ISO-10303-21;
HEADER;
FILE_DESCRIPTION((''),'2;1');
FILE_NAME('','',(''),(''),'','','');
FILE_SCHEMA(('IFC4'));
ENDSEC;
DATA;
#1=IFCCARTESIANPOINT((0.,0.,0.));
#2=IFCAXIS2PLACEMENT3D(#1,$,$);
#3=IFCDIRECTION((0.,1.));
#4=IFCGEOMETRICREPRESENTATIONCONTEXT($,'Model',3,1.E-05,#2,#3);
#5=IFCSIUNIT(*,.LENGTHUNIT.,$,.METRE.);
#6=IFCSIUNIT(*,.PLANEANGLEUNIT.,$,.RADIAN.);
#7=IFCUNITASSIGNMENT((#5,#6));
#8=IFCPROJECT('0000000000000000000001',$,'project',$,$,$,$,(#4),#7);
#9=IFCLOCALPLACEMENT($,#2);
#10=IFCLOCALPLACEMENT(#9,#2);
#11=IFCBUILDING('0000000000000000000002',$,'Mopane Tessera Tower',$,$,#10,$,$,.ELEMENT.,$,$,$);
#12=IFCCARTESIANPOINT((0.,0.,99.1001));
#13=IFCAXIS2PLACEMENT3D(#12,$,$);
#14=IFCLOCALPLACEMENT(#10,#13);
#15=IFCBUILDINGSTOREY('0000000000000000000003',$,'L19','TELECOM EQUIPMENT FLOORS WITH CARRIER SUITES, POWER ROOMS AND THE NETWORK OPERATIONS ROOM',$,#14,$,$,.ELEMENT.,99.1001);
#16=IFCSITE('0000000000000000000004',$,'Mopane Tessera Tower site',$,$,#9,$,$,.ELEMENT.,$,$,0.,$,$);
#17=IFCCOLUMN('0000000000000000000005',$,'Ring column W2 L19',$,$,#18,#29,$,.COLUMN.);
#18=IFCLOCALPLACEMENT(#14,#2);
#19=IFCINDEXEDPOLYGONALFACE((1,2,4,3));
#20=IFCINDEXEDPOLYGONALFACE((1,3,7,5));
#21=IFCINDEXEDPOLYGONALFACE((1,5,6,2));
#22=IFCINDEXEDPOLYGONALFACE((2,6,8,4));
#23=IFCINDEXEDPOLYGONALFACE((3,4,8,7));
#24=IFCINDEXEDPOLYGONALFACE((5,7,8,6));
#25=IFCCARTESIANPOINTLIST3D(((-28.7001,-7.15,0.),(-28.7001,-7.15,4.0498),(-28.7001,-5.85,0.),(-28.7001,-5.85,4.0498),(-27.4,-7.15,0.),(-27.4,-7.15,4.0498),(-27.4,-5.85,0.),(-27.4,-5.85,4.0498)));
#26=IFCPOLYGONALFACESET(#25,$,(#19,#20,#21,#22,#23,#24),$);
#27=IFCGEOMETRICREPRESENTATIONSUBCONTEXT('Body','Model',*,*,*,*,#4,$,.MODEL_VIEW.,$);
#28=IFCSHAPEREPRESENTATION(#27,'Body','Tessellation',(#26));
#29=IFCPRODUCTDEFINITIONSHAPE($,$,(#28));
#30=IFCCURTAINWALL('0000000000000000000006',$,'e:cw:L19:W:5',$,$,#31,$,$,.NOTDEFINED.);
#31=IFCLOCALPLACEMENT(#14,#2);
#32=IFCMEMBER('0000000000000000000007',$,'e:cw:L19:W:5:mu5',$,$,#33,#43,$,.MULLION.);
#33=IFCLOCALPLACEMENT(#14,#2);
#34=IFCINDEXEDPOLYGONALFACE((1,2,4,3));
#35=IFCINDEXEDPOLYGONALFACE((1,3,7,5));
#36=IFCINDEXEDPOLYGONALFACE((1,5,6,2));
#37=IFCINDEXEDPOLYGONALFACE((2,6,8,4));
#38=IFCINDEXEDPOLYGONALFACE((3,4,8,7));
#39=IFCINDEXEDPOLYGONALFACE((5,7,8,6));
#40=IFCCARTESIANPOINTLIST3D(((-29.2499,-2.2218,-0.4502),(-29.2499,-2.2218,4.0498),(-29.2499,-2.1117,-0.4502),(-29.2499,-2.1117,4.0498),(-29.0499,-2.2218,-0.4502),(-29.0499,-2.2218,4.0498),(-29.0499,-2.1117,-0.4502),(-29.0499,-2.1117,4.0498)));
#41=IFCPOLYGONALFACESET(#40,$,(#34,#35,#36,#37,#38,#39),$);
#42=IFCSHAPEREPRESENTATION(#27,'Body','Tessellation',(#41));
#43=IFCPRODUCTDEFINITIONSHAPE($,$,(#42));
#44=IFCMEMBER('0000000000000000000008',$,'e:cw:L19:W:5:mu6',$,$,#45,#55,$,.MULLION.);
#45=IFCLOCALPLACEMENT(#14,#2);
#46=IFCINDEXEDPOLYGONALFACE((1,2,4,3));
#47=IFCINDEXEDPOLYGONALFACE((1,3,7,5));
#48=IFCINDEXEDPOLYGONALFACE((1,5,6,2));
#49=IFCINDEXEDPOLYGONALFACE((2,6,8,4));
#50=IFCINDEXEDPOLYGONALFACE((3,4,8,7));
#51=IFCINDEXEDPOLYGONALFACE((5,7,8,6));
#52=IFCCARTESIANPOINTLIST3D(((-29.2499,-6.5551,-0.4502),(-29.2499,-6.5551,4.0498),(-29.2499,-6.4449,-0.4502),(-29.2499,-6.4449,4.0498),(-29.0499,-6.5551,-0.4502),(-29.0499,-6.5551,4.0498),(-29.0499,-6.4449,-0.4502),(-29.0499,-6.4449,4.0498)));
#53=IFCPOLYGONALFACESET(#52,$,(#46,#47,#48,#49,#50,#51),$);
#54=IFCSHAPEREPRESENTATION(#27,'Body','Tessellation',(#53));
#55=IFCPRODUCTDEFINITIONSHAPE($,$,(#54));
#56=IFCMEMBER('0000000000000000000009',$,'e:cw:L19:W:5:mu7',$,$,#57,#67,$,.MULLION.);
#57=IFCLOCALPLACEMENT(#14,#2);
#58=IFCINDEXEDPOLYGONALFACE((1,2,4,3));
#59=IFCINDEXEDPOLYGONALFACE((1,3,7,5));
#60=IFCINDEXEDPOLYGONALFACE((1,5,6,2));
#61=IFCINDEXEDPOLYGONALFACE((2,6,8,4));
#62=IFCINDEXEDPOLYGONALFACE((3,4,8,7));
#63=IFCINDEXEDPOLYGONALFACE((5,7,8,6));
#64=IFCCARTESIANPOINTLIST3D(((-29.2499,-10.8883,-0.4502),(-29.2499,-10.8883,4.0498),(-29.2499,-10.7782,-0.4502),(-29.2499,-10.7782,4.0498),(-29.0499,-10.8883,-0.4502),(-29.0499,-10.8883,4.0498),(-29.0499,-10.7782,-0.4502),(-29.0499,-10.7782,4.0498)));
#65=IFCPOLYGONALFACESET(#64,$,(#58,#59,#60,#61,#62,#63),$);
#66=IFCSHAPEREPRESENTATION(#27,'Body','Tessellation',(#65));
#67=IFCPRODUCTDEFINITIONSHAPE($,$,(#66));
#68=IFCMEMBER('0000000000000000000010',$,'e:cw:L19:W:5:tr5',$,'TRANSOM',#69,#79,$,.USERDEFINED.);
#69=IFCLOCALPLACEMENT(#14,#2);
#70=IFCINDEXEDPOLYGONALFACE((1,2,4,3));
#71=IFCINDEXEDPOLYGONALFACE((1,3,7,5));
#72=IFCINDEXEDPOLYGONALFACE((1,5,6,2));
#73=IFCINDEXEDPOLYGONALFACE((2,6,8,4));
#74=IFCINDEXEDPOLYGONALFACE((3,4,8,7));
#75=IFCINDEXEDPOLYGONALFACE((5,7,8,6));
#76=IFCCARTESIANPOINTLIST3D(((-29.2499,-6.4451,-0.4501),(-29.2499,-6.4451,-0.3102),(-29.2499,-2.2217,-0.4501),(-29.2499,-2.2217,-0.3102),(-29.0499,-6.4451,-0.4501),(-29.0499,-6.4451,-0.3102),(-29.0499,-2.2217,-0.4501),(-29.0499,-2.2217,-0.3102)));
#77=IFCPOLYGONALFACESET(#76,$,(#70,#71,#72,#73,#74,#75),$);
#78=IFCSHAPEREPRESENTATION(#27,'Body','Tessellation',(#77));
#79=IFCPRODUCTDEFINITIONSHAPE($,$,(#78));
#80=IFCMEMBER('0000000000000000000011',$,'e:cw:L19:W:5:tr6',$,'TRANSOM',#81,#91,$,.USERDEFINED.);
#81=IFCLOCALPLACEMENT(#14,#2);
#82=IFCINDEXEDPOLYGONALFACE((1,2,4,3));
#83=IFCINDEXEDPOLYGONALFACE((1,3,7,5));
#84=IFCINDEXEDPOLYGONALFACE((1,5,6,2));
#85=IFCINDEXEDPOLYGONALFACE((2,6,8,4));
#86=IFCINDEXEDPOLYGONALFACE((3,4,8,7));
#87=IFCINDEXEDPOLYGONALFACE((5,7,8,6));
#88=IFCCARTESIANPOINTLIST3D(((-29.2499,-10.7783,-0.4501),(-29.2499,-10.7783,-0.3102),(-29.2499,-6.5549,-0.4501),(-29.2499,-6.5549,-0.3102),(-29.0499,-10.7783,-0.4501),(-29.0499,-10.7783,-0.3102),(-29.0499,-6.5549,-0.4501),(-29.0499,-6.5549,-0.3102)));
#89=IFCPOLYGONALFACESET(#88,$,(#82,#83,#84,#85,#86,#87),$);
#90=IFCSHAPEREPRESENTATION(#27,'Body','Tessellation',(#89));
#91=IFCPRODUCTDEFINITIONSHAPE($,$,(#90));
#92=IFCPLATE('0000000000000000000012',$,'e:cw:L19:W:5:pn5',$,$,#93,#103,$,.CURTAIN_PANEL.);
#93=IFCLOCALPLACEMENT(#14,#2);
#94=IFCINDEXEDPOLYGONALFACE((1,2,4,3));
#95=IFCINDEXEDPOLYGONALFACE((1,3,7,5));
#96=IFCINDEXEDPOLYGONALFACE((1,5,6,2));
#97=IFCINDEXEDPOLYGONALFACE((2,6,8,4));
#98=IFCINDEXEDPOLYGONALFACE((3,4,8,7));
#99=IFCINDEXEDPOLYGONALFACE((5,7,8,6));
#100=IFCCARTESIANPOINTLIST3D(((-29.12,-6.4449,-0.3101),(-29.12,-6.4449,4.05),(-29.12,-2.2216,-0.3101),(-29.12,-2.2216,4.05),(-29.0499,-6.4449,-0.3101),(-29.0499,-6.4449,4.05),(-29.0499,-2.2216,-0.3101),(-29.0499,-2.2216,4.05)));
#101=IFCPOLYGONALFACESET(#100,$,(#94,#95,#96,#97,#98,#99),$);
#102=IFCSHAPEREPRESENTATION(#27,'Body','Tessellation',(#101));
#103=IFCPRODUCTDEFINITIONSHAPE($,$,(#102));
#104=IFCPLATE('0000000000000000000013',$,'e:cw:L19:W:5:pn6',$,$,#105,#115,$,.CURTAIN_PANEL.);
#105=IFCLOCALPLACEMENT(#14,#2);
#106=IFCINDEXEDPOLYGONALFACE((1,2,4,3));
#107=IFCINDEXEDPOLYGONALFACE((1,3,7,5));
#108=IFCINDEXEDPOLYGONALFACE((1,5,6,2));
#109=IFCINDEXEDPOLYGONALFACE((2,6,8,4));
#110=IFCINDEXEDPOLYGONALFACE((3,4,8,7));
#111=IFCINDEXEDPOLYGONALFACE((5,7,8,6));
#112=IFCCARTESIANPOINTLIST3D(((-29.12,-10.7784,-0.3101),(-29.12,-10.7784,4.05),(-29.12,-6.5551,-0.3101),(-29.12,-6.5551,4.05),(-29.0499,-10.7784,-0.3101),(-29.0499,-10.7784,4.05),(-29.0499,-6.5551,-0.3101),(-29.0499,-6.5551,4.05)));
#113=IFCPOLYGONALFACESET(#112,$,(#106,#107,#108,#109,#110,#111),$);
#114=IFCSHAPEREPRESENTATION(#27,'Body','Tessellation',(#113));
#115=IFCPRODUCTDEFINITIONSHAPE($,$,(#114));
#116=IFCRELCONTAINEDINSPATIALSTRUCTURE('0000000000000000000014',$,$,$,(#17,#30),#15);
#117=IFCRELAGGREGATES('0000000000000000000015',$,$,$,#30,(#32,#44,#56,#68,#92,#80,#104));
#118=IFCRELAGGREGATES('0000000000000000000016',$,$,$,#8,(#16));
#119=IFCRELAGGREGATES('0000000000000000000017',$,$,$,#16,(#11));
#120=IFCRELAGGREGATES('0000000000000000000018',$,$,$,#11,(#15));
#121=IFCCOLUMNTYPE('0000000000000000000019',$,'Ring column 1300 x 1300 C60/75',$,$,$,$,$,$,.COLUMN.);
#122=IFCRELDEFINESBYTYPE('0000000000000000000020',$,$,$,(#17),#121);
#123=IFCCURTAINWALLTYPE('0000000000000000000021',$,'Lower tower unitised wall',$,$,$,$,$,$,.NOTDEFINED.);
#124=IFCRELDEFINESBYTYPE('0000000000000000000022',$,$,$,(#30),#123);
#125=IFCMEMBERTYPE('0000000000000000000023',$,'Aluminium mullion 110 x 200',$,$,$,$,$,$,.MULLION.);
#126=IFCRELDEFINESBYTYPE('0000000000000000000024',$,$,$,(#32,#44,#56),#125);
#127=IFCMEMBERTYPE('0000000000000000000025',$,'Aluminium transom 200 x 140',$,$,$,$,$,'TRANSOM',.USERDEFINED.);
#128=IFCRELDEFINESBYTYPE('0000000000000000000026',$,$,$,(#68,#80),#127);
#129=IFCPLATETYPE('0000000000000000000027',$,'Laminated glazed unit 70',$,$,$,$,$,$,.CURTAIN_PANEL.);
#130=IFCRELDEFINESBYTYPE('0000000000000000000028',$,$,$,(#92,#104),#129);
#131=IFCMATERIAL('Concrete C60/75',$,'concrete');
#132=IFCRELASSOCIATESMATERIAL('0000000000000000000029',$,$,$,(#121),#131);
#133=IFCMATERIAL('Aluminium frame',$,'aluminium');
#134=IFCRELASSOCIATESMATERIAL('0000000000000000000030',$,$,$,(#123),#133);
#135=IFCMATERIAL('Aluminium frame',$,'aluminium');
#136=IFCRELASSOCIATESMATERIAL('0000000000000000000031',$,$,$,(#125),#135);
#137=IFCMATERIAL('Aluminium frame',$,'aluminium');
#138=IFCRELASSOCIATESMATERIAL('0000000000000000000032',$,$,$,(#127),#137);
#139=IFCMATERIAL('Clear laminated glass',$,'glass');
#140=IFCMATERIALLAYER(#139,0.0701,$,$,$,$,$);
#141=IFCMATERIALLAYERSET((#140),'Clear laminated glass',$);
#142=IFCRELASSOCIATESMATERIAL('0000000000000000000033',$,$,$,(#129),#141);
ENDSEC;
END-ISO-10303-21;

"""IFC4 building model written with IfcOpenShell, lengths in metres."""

from ifc_helpers import new_model, si_unit, direction, frame, origin, origin_2d, place, context, subcontext, project, spatial, rectangle, extrude, material, layer, layer_set, material_profile, profile_set, type_object, element, aggregate, save


model = new_model("IFC4")

# Units and contexts
model_context = context("Model", 3, precision=1e-05, world=origin(), true_north=direction((0.0, 1.0)))
body_context = subcontext(model_context, "Body", "Model", "MODEL_VIEW")
ifc_project = project(units=[si_unit("LENGTHUNIT", "METRE"), si_unit("PLANEANGLEUNIT", "RADIAN")], contexts=[model_context])

# Site, building, storey
site_placement = place(None, origin())
site = spatial("IfcSite", under=ifc_project, at=site_placement, Name="Mopane Tessera Tower site", CompositionType="ELEMENT", RefElevation=0.0)
building_placement = place(site_placement, origin())
building = spatial("IfcBuilding", under=site, at=building_placement, Name="Mopane Tessera Tower", CompositionType="ELEMENT")
storey_placement = place(building_placement, frame((0.0, 0.0, 99.1001)))
storey = spatial("IfcBuildingStorey", under=building, at=storey_placement, Name="L19", Description="TELECOM EQUIPMENT FLOORS WITH CARRIER SUITES, POWER ROOMS AND THE NETWORK OPERATIONS ROOM", CompositionType="ELEMENT", Elevation=99.1001)

# Column
ifc_material_1 = material(Name="Concrete C60/75", Category="concrete")
ifc_material_profile_1 = material_profile(ifc_material_1, rectangle(XDim=1.3, YDim=1.3, at=origin_2d()))
ifc_profile_set_1 = profile_set([ifc_material_profile_1], Name="Concrete C60/75")
column_type = type_object("IfcColumnType", Name="Ring column 1300 x 1300 C60/75", PredefinedType="COLUMN", material=ifc_profile_set_1)
column_placement = place(storey_placement, frame((-28.05, -6.5, 0.0), z_axis=(0.0, 0.0, 1.0), x_axis=(1.0, 0.0, 0.0)))
element("IfcColumn", 1, at=column_placement, inside=storey, type_object=column_type, Name="Ring column W2 L19", PredefinedType="COLUMN", context=body_context, shape_type="SweptSolid", body=[
    extrude(rectangle(XDim=1.3, YDim=1.3, at=origin_2d()), origin(), (0.0, 0.0, 1.0), 4.0498),
])

# Curtain wall, members, plates
ifc_material_2 = material(Name="Aluminium frame", Category="aluminium")
curtain_wall_type = type_object("IfcCurtainWallType", Name="Lower tower unitised wall", PredefinedType="NOTDEFINED", material=ifc_material_2)
curtain_wall_placement = place(storey_placement, origin())
curtain_wall = element("IfcCurtainWall", 2, at=curtain_wall_placement, inside=storey, type_object=curtain_wall_type, Name="e:cw:L19:W:5", PredefinedType="NOTDEFINED")
ifc_material_3 = material(Name="Aluminium frame", Category="aluminium")
ifc_material_profile_2 = material_profile(ifc_material_3, rectangle(XDim=0.1101, YDim=0.2, at=origin_2d()))
ifc_profile_set_2 = profile_set([ifc_material_profile_2], Name="Aluminium frame")
member_type_1 = type_object("IfcMemberType", Name="Aluminium mullion 110 x 200", PredefinedType="MULLION", material=ifc_profile_set_2)
member_1_placement = place(storey_placement, frame((-29.1499, -2.1667, -0.4502), z_axis=(0.0, 0.0, 1.0), x_axis=(0.0, -1.0, 0.0)))
member_1 = element("IfcMember", 3, at=member_1_placement, type_object=member_type_1, Name="e:cw:L19:W:5:mu5", PredefinedType="MULLION", context=body_context, shape_type="SweptSolid", body=[
    extrude(rectangle(XDim=0.1101, YDim=0.2, at=origin_2d()), origin(), (0.0, 0.0, 1.0), 4.5),
])
member_2_placement = place(storey_placement, frame((-29.1499, -6.5, -0.4502), z_axis=(0.0, 0.0, 1.0), x_axis=(0.0, -1.0, 0.0)))
member_2 = element("IfcMember", 4, at=member_2_placement, type_object=member_type_1, Name="e:cw:L19:W:5:mu6", PredefinedType="MULLION", context=body_context, shape_type="SweptSolid", body=[
    extrude(rectangle(XDim=0.1101, YDim=0.2, at=origin_2d()), origin(), (0.0, 0.0, 1.0), 4.5),
])
member_3_placement = place(storey_placement, frame((-29.1499, -10.8333, -0.4502), z_axis=(0.0, 0.0, 1.0), x_axis=(0.0, -1.0, 0.0)))
member_3 = element("IfcMember", 5, at=member_3_placement, type_object=member_type_1, Name="e:cw:L19:W:5:mu7", PredefinedType="MULLION", context=body_context, shape_type="SweptSolid", body=[
    extrude(rectangle(XDim=0.1101, YDim=0.2, at=origin_2d()), origin(), (0.0, 0.0, 1.0), 4.5),
])
ifc_material_4 = material(Name="Aluminium frame", Category="aluminium")
ifc_material_profile_3 = material_profile(ifc_material_4, rectangle(XDim=0.2, YDim=0.1399, at=origin_2d()))
ifc_profile_set_3 = profile_set([ifc_material_profile_3], Name="Aluminium frame")
member_type_2 = type_object("IfcMemberType", Name="Aluminium transom 200 x 140", ElementType="TRANSOM", PredefinedType="USERDEFINED", material=ifc_profile_set_3)
member_4_placement = place(storey_placement, frame((-29.1499, -2.2217, -0.3801), z_axis=(0.0, -1.0, 0.0), x_axis=(1.0, 0.0, 0.0)))
member_4 = element("IfcMember", 6, at=member_4_placement, type_object=member_type_2, Name="e:cw:L19:W:5:tr5", ObjectType="TRANSOM", PredefinedType="USERDEFINED", context=body_context, shape_type="SweptSolid", body=[
    extrude(rectangle(XDim=0.2, YDim=0.1399, at=origin_2d()), origin(), (0.0, 0.0, 1.0), 4.2234),
])
member_5_placement = place(storey_placement, frame((-29.1499, -6.5549, -0.3801), z_axis=(0.0, -1.0, 0.0), x_axis=(1.0, 0.0, 0.0)))
member_5 = element("IfcMember", 7, at=member_5_placement, type_object=member_type_2, Name="e:cw:L19:W:5:tr6", ObjectType="TRANSOM", PredefinedType="USERDEFINED", context=body_context, shape_type="SweptSolid", body=[
    extrude(rectangle(XDim=0.2, YDim=0.1399, at=origin_2d()), origin(), (0.0, 0.0, 1.0), 4.2234),
])
ifc_material_5 = material(Name="Clear laminated glass", Category="glass")
ifc_layer_1 = layer(ifc_material_5, 0.0701)
ifc_layer_set_1 = layer_set([ifc_layer_1], Name="Clear laminated glass")
plate_type = type_object("IfcPlateType", Name="Laminated glazed unit 70", PredefinedType="CURTAIN_PANEL", material=ifc_layer_set_1)
plate_1_placement = place(storey_placement, frame((-29.085, -4.3333, -0.3101), z_axis=(0.0, 0.0, 1.0), x_axis=(0.0, -1.0, 0.0)))
plate_1 = element("IfcPlate", 8, at=plate_1_placement, type_object=plate_type, Name="e:cw:L19:W:5:pn5", PredefinedType="CURTAIN_PANEL", context=body_context, shape_type="SweptSolid", body=[
    extrude(rectangle(XDim=4.2234, YDim=0.0701, at=origin_2d()), origin(), (0.0, 0.0, 1.0), 4.3601),
])
plate_2_placement = place(storey_placement, frame((-29.085, -8.6667, -0.3101), z_axis=(0.0, 0.0, 1.0), x_axis=(0.0, -1.0, 0.0)))
plate_2 = element("IfcPlate", 9, at=plate_2_placement, type_object=plate_type, Name="e:cw:L19:W:5:pn6", PredefinedType="CURTAIN_PANEL", context=body_context, shape_type="SweptSolid", body=[
    extrude(rectangle(XDim=4.2234, YDim=0.0701, at=origin_2d()), origin(), (0.0, 0.0, 1.0), 4.3601),
])
aggregate(curtain_wall, [member_1, member_2, member_3, member_4, plate_1, member_5, plate_2])

save(model, "model.ifc")
